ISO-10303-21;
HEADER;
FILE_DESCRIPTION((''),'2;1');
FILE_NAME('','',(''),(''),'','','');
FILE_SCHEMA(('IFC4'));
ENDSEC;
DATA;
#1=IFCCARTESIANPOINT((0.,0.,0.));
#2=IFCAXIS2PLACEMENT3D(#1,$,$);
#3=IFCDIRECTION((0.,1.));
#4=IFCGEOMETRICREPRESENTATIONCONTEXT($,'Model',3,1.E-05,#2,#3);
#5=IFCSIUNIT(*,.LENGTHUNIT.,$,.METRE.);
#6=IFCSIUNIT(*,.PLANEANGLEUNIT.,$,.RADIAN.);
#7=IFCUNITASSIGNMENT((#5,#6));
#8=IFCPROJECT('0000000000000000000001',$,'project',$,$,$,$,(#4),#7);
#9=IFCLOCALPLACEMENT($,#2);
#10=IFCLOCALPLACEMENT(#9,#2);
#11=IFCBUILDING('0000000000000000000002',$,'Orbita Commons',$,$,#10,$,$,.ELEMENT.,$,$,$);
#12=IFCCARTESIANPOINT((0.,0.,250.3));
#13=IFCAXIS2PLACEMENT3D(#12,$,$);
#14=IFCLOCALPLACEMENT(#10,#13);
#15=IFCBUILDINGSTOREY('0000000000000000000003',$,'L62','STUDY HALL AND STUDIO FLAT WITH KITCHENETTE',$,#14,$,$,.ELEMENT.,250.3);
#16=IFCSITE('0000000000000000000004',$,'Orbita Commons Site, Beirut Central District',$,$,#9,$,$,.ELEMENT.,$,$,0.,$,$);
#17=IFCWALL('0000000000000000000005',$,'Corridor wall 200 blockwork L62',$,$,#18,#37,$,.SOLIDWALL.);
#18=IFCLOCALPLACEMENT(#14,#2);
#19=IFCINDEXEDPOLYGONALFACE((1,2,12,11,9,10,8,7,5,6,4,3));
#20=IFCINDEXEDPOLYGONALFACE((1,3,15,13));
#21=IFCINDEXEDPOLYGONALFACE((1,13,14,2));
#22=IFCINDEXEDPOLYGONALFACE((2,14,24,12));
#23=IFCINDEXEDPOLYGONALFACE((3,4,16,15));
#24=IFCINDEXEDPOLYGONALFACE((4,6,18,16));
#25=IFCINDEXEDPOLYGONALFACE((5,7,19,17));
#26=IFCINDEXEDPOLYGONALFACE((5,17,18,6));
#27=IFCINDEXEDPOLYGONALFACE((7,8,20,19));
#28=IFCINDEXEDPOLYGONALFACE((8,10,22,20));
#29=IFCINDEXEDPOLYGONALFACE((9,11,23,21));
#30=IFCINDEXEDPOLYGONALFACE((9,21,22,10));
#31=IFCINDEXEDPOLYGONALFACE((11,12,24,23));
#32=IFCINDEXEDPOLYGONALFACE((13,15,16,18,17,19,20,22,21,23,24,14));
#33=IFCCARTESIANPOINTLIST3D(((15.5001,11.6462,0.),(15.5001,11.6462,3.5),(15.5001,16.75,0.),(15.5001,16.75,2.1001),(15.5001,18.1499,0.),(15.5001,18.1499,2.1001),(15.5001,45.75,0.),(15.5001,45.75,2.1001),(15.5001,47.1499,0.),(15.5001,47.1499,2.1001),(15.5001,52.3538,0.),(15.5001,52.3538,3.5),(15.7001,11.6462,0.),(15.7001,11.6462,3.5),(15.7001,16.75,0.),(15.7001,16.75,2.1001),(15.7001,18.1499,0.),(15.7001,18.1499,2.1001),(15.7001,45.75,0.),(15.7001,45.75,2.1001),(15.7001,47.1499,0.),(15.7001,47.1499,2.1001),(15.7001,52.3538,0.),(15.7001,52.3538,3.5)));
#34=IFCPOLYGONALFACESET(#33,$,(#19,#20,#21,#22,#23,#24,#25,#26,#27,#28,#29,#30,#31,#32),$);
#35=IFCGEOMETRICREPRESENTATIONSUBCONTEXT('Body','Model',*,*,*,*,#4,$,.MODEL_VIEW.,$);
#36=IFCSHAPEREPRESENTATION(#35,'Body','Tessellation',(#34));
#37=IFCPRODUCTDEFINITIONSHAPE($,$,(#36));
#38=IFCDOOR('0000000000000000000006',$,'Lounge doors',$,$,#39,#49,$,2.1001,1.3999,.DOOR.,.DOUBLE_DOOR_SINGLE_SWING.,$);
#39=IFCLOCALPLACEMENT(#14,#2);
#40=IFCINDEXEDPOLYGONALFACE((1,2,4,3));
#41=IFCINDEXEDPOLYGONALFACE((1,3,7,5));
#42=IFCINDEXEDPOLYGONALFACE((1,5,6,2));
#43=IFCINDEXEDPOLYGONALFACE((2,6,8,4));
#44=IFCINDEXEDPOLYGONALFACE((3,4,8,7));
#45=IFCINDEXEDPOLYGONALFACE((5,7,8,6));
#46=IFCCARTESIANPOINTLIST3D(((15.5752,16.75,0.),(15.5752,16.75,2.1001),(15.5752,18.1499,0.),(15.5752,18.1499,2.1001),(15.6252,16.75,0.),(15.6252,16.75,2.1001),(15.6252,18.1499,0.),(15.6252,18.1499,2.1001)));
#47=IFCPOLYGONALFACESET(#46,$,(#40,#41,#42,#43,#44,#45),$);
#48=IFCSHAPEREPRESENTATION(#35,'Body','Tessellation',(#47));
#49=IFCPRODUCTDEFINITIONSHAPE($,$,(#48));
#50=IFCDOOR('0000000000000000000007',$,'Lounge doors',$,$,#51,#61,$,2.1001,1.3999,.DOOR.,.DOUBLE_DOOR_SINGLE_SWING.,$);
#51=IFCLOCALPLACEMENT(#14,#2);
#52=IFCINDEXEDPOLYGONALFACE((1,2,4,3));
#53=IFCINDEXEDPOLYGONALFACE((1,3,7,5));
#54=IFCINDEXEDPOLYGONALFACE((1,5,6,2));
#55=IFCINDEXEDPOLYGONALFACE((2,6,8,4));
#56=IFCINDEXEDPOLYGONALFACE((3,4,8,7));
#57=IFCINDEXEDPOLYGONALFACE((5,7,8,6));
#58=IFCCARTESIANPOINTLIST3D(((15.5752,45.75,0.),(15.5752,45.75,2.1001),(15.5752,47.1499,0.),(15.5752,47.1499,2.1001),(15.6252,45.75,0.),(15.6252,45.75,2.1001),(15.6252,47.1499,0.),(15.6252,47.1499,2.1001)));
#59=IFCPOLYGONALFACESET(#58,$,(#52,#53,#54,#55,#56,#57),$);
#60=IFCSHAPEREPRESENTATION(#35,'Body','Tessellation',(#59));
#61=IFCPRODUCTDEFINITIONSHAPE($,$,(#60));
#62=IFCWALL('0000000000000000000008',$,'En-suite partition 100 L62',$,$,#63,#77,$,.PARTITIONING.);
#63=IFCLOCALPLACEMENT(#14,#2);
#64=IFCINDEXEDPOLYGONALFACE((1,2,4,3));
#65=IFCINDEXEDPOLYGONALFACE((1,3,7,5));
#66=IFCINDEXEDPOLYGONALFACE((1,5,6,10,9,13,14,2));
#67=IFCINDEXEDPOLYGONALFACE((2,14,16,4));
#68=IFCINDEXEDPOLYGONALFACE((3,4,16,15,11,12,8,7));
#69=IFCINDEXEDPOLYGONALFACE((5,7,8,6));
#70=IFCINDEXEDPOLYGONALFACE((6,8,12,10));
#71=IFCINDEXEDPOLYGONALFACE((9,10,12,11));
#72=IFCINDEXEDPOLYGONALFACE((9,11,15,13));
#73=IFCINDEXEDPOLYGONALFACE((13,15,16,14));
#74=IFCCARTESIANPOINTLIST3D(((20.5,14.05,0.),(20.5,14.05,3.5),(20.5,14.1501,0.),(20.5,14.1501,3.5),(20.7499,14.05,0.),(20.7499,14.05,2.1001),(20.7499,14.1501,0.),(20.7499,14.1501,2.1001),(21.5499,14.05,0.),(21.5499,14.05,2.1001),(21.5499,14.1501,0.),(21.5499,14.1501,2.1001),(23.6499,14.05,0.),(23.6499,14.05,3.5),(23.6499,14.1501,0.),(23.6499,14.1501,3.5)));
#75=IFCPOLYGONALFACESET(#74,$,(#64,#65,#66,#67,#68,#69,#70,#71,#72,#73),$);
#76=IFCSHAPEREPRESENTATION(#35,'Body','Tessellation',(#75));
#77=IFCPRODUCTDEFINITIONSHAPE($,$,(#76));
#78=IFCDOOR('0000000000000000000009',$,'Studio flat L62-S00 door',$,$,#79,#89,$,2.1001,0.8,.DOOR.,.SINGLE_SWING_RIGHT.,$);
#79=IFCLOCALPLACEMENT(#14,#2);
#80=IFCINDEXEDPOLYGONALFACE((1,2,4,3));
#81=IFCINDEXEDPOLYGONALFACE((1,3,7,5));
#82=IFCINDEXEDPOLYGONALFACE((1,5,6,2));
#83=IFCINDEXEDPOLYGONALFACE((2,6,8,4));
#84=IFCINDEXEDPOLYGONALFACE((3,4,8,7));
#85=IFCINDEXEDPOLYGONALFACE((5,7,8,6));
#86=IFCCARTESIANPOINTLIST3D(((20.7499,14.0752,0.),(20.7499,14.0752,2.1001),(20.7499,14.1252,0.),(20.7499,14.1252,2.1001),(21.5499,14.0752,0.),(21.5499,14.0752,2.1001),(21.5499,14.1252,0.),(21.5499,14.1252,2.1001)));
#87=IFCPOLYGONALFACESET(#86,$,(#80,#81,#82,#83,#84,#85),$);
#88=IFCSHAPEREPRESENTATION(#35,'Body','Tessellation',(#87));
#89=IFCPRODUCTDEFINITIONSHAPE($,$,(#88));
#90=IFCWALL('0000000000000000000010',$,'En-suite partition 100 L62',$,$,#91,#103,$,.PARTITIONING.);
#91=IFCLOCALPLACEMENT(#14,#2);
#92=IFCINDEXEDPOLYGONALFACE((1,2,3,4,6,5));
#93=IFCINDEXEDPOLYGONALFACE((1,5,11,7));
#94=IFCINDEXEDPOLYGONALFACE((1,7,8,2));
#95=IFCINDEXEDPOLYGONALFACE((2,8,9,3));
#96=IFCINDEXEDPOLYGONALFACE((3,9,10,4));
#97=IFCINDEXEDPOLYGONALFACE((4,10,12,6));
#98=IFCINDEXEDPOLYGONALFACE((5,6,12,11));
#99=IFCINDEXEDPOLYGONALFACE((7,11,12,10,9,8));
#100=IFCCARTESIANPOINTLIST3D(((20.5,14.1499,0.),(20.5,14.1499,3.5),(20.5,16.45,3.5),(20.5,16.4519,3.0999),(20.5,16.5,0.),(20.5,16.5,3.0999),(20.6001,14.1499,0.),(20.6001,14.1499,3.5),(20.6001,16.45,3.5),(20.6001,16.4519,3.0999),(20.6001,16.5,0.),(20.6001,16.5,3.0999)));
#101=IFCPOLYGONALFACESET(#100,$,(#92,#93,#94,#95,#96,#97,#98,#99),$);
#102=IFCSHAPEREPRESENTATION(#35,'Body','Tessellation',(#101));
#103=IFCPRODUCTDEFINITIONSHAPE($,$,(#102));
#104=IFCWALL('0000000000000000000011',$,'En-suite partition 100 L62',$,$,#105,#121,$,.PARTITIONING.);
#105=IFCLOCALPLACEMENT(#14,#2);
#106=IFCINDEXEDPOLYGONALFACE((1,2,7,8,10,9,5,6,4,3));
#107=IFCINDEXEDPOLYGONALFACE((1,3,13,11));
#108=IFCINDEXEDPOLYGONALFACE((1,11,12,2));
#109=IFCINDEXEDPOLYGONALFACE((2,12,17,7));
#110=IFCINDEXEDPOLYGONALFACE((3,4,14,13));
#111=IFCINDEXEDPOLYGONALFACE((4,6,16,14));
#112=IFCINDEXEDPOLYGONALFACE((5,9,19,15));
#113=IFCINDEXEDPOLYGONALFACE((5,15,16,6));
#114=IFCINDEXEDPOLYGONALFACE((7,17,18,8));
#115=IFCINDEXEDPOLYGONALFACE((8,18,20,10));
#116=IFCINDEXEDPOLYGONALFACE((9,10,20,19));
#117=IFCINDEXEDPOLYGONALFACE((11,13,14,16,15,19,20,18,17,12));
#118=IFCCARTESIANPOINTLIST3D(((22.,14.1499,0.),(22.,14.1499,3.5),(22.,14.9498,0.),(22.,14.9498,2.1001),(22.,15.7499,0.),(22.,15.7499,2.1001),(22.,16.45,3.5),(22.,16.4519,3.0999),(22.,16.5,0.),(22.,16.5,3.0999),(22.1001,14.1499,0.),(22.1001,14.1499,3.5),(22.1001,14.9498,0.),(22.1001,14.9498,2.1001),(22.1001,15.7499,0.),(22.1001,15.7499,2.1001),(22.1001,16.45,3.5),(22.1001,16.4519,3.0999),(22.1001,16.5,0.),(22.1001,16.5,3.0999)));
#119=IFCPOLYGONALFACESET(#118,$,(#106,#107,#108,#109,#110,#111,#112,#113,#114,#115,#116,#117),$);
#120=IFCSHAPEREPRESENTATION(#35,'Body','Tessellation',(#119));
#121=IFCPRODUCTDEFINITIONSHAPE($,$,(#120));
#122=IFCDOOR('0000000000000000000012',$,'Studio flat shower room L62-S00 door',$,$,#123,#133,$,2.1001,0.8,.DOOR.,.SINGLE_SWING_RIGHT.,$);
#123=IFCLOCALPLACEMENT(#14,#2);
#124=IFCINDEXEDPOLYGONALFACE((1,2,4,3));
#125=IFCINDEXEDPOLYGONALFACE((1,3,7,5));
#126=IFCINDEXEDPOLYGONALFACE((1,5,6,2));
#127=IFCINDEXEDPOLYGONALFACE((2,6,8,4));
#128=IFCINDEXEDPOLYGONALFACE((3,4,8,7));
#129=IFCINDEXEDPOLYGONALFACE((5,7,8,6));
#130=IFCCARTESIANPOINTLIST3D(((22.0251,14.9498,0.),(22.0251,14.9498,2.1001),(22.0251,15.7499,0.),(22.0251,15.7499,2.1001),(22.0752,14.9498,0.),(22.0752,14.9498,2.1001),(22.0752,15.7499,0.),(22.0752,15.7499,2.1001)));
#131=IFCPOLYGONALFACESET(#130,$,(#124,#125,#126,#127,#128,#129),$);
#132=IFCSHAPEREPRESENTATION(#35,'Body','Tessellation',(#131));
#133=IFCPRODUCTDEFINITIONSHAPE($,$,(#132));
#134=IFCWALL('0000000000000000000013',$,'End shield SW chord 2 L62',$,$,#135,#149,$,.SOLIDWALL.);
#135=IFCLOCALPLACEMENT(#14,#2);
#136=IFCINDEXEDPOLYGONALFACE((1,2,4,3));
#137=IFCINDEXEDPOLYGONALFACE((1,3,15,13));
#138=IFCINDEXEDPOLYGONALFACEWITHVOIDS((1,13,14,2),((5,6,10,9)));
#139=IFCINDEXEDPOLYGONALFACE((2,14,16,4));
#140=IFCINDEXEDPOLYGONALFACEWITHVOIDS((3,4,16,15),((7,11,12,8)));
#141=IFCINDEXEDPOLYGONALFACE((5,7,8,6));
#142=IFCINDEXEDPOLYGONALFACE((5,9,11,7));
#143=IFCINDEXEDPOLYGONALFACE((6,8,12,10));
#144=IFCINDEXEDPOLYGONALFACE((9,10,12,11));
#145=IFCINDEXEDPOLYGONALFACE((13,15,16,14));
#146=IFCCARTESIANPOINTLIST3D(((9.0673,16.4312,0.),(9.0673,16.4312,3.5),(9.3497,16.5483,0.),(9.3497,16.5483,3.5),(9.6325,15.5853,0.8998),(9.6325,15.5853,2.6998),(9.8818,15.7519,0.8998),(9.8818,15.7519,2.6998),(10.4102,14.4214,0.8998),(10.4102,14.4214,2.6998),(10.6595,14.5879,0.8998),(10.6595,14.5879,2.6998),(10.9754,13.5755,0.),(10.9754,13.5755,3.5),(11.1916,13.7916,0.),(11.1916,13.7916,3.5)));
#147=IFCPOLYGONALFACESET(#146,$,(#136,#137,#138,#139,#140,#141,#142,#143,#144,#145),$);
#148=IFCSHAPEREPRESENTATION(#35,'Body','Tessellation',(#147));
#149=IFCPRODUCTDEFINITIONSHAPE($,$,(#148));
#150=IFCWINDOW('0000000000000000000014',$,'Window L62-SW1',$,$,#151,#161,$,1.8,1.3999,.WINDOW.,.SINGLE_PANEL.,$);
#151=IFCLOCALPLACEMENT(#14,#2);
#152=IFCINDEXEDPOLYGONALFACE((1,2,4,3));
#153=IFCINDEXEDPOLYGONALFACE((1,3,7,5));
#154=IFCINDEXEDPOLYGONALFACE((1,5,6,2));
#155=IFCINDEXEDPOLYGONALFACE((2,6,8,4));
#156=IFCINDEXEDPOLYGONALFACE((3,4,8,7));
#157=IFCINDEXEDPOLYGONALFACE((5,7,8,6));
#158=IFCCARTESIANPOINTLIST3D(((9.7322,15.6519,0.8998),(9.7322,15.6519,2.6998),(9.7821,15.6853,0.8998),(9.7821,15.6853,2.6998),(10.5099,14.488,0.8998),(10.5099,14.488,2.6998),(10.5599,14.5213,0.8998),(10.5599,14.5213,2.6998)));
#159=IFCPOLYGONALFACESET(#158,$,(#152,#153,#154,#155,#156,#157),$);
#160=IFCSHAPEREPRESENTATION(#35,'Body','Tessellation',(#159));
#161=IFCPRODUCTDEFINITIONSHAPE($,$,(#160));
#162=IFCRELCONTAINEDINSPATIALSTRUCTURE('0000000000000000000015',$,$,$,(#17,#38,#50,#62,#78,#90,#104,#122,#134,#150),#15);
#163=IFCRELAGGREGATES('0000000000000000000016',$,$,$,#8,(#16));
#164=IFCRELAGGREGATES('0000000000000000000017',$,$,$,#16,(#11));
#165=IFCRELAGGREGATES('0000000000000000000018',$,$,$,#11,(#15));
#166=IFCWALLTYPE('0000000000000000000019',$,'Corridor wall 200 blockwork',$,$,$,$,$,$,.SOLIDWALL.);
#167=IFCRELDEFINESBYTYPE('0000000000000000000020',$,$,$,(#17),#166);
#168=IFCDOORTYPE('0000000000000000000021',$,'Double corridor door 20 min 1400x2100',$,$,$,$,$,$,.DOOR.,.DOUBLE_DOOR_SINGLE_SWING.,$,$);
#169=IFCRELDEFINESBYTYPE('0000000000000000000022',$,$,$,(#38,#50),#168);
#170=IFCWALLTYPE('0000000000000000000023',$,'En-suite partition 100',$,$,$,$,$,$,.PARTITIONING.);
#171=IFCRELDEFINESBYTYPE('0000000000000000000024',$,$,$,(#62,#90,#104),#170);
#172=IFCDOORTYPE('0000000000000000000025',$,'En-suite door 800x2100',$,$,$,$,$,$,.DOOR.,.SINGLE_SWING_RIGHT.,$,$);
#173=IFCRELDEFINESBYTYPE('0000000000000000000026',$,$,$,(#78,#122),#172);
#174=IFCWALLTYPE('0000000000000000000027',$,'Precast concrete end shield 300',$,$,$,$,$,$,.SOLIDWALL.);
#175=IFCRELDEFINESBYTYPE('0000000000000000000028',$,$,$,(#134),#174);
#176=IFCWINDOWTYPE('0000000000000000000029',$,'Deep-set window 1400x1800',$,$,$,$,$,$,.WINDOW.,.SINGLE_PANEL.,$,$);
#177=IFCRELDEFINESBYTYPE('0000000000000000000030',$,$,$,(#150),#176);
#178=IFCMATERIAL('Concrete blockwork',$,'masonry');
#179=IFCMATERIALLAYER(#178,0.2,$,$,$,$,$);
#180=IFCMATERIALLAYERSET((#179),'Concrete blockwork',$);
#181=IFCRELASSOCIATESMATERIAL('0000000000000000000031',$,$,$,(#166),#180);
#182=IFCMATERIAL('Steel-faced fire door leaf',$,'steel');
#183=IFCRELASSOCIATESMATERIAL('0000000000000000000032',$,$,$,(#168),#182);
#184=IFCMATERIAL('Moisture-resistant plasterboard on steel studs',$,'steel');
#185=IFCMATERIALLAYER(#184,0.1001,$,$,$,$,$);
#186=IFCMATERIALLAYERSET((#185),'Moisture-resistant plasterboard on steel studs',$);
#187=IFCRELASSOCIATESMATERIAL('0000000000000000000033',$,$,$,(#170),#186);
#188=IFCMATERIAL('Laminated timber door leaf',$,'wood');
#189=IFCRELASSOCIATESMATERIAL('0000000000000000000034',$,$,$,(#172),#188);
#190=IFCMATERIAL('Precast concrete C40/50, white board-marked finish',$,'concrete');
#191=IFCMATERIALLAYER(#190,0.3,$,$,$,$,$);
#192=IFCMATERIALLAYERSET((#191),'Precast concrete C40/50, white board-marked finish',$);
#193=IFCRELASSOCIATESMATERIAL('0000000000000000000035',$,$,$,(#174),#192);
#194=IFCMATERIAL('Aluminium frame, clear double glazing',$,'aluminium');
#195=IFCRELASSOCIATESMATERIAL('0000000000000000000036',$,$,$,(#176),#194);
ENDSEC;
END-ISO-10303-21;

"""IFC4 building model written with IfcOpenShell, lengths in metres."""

from ifc_helpers import new_model, si_unit, direction, frame, frame_2d, origin, place, context, subcontext, project, spatial, polyline, rectangle, outline, extrude, material, layer, layer_set, type_object, element, fill, save


model = new_model("IFC4")

# Units and contexts
model_context = context("Model", 3, precision=1e-05, world=origin(), true_north=direction((0.0, 1.0)))
body_context = subcontext(model_context, "Body", "Model", "MODEL_VIEW")
ifc_project = project(units=[si_unit("LENGTHUNIT", "METRE"), si_unit("PLANEANGLEUNIT", "RADIAN")], contexts=[model_context])

# Site, building, storey
site_placement = place(None, origin())
site = spatial("IfcSite", under=ifc_project, at=site_placement, Name="Orbita Commons Site, Beirut Central District", CompositionType="ELEMENT", RefElevation=0.0)
building_placement = place(site_placement, origin())
building = spatial("IfcBuilding", under=site, at=building_placement, Name="Orbita Commons", CompositionType="ELEMENT")
storey_placement = place(building_placement, frame((0.0, 0.0, 250.3)))
storey = spatial("IfcBuildingStorey", under=building, at=storey_placement, Name="L62", Description="STUDY HALL AND STUDIO FLAT WITH KITCHENETTE", CompositionType="ELEMENT", Elevation=250.3)

# Shared definitions
ifc_material_1 = material(Name="Concrete blockwork", Category="masonry")
ifc_layer_1 = layer(ifc_material_1, 0.2)
ifc_layer_set_1 = layer_set([ifc_layer_1], Name="Concrete blockwork")
wall_type_1 = type_object("IfcWallType", Name="Corridor wall 200 blockwork", PredefinedType="SOLIDWALL", material=ifc_layer_set_1)

# Wall, openings, doors
wall_1_placement = place(storey_placement, frame((15.6001, 11.6462, 0.0), z_axis=(0.0, 0.0, 1.0), x_axis=(0.0, 1.0, 0.0)))
wall_1 = element("IfcWall", 1, at=wall_1_placement, inside=storey, type_object=wall_type_1, Name="Corridor wall 200 blockwork L62", PredefinedType="SOLIDWALL", context=body_context, shape_type="SweptSolid", body=[
    extrude(rectangle(XDim=40.7075, YDim=0.2, at=frame_2d((20.3538, 0.0))), origin(), (0.0, 0.0, 1.0), 3.5),
])
opening_1_placement = place(wall_1_placement, frame((5.1038, 0.0, 0.0)))
opening_1 = element("IfcOpeningElement", 2, at=opening_1_placement, cuts=wall_1, PredefinedType="OPENING", context=body_context, shape_type="SweptSolid", body=[
    extrude(rectangle(XDim=1.3999, YDim=2.1001, at=frame_2d((0.7, 1.05))), frame((0.0, 0.1099, 0.0), z_axis=(0.0, -1.0, 0.0), x_axis=(1.0, 0.0, 0.0)), (0.0, 0.0, 1.0), 0.22),
])
opening_2_placement = place(wall_1_placement, frame((34.1038, 0.0, 0.0)))
opening_2 = element("IfcOpeningElement", 3, at=opening_2_placement, cuts=wall_1, PredefinedType="OPENING", context=body_context, shape_type="SweptSolid", body=[
    extrude(rectangle(XDim=1.3999, YDim=2.1001, at=frame_2d((0.7, 1.05))), frame((0.0, 0.1099, 0.0), z_axis=(0.0, -1.0, 0.0), x_axis=(1.0, 0.0, 0.0)), (0.0, 0.0, 1.0), 0.22),
])
ifc_material_2 = material(Name="Steel-faced fire door leaf", Category="steel")
door_type_1 = type_object("IfcDoorType", Name="Double corridor door 20 min 1400x2100", OperationType="DOUBLE_DOOR_SINGLE_SWING", PredefinedType="DOOR", material=ifc_material_2)
door_1_placement = place(opening_1_placement, origin())
door_1 = element("IfcDoor", 4, at=door_1_placement, inside=storey, type_object=door_type_1, Name="Lounge doors", OperationType="DOUBLE_DOOR_SINGLE_SWING", OverallHeight=2.1001, OverallWidth=1.3999, PredefinedType="DOOR", context=body_context, shape_type="SweptSolid", body=[
    extrude(rectangle(XDim=1.3999, YDim=2.1001, at=frame_2d((0.7, 1.05))), frame((0.0, 0.0249, 0.0), z_axis=(0.0, -1.0, 0.0), x_axis=(1.0, 0.0, 0.0)), (0.0, 0.0, 1.0), 0.05),
])
fill(opening_1, door_1)
door_2_placement = place(opening_2_placement, origin())
door_2 = element("IfcDoor", 5, at=door_2_placement, inside=storey, type_object=door_type_1, Name="Lounge doors", OperationType="DOUBLE_DOOR_SINGLE_SWING", OverallHeight=2.1001, OverallWidth=1.3999, PredefinedType="DOOR", context=body_context, shape_type="SweptSolid", body=[
    extrude(rectangle(XDim=1.3999, YDim=2.1001, at=frame_2d((0.7, 1.05))), frame((0.0, 0.0249, 0.0), z_axis=(0.0, -1.0, 0.0), x_axis=(1.0, 0.0, 0.0)), (0.0, 0.0, 1.0), 0.05),
])
fill(opening_2, door_2)

# Wall, opening, door
ifc_material_3 = material(Name="Moisture-resistant plasterboard on steel studs", Category="steel")
ifc_layer_2 = layer(ifc_material_3, 0.1001)
ifc_layer_set_2 = layer_set([ifc_layer_2], Name="Moisture-resistant plasterboard on steel studs")
wall_type_2 = type_object("IfcWallType", Name="En-suite partition 100", PredefinedType="PARTITIONING", material=ifc_layer_set_2)
wall_2_placement = place(storey_placement, frame((23.6499, 14.1001, 0.0), z_axis=(0.0, 0.0, 1.0), x_axis=(-1.0, 0.0, 0.0)))
wall_2 = element("IfcWall", 6, at=wall_2_placement, inside=storey, type_object=wall_type_2, Name="En-suite partition 100 L62", PredefinedType="PARTITIONING", context=body_context, shape_type="SweptSolid", body=[
    extrude(rectangle(XDim=3.1499, YDim=0.1001, at=frame_2d((1.575, 0.0))), origin(), (0.0, 0.0, 1.0), 3.5),
])
opening_3_placement = place(wall_2_placement, frame((2.1001, 0.0, 0.0)))
opening_3 = element("IfcOpeningElement", 7, at=opening_3_placement, cuts=wall_2, PredefinedType="OPENING", context=body_context, shape_type="SweptSolid", body=[
    extrude(rectangle(XDim=0.8, YDim=2.1001, at=frame_2d((0.3999, 1.05))), frame((0.0, 0.0601, 0.0), z_axis=(0.0, -1.0, 0.0), x_axis=(1.0, 0.0, 0.0)), (0.0, 0.0, 1.0), 0.1201),
])
ifc_material_4 = material(Name="Laminated timber door leaf", Category="wood")
door_type_2 = type_object("IfcDoorType", Name="En-suite door 800x2100", OperationType="SINGLE_SWING_RIGHT", PredefinedType="DOOR", material=ifc_material_4)
door_3_placement = place(opening_3_placement, origin())
door_3 = element("IfcDoor", 8, at=door_3_placement, inside=storey, type_object=door_type_2, Name="Studio flat L62-S00 door", OperationType="SINGLE_SWING_RIGHT", OverallHeight=2.1001, OverallWidth=0.8, PredefinedType="DOOR", context=body_context, shape_type="SweptSolid", body=[
    extrude(rectangle(XDim=0.8, YDim=2.1001, at=frame_2d((0.3999, 1.05))), frame((0.0, 0.0249, 0.0), z_axis=(0.0, -1.0, 0.0), x_axis=(1.0, 0.0, 0.0)), (0.0, 0.0, 1.0), 0.05),
])
fill(opening_3, door_3)

# Wall
wall_3_placement = place(storey_placement, frame((20.55, 14.1499, 0.0), z_axis=(0.0, 0.0, 1.0), x_axis=(0.0, 1.0, 0.0)))
element("IfcWall", 9, at=wall_3_placement, inside=storey, type_object=wall_type_2, Name="En-suite partition 100 L62", PredefinedType="PARTITIONING", context=body_context, shape_type="SweptSolid", body=[
    extrude(outline(polyline([(0.0, 0.0), (2.3501, 0.0), (2.3501, 3.0999), (2.302, 3.0999), (2.3, 3.5), (0.0, 3.5), (0.0, 0.0)])), frame((0.0, 0.05, 0.0), z_axis=(0.0, -1.0, 0.0), x_axis=(1.0, 0.0, 0.0)), (0.0, 0.0, 1.0), 0.1001),
])

# Wall, opening, door
wall_4_placement = place(storey_placement, frame((22.05, 14.1499, 0.0), z_axis=(0.0, 0.0, 1.0), x_axis=(0.0, 1.0, 0.0)))
wall_4 = element("IfcWall", 10, at=wall_4_placement, inside=storey, type_object=wall_type_2, Name="En-suite partition 100 L62", PredefinedType="PARTITIONING", context=body_context, shape_type="SweptSolid", body=[
    extrude(outline(polyline([(0.0, 0.0), (2.3501, 0.0), (2.3501, 3.0999), (2.302, 3.0999), (2.3, 3.5), (0.0, 3.5), (0.0, 0.0)])), frame((0.0, 0.05, 0.0), z_axis=(0.0, -1.0, 0.0), x_axis=(1.0, 0.0, 0.0)), (0.0, 0.0, 1.0), 0.1001),
])
opening_4_placement = place(wall_4_placement, frame((0.8, 0.0, 0.0)))
opening_4 = element("IfcOpeningElement", 11, at=opening_4_placement, cuts=wall_4, PredefinedType="OPENING", context=body_context, shape_type="SweptSolid", body=[
    extrude(rectangle(XDim=0.8, YDim=2.1001, at=frame_2d((0.3999, 1.05))), frame((0.0, 0.0601, 0.0), z_axis=(0.0, -1.0, 0.0), x_axis=(1.0, 0.0, 0.0)), (0.0, 0.0, 1.0), 0.1201),
])
door_4_placement = place(opening_4_placement, origin())
door_4 = element("IfcDoor", 12, at=door_4_placement, inside=storey, type_object=door_type_2, Name="Studio flat shower room L62-S00 door", OperationType="SINGLE_SWING_RIGHT", OverallHeight=2.1001, OverallWidth=0.8, PredefinedType="DOOR", context=body_context, shape_type="SweptSolid", body=[
    extrude(rectangle(XDim=0.8, YDim=2.1001, at=frame_2d((0.3999, 1.05))), frame((0.0, 0.0249, 0.0), z_axis=(0.0, -1.0, 0.0), x_axis=(1.0, 0.0, 0.0)), (0.0, 0.0, 1.0), 0.05),
])
fill(opening_4, door_4)

# Wall, opening, window
ifc_material_5 = material(Name="Precast concrete C40/50, white board-marked finish", Category="concrete")
ifc_layer_3 = layer(ifc_material_5, 0.3)
ifc_layer_set_3 = layer_set([ifc_layer_3], Name="Precast concrete C40/50, white board-marked finish")
wall_type_3 = type_object("IfcWallType", Name="Precast concrete end shield 300", PredefinedType="SOLIDWALL", material=ifc_layer_set_3)
wall_5_placement = place(storey_placement, frame((9.2085, 16.4897, 0.0), z_axis=(0.0, 0.0, 1.0), x_axis=(0.555568, -0.831471, 0.0)))
wall_5 = element("IfcWall", 13, at=wall_5_placement, inside=storey, type_object=wall_type_3, Name="End shield SW chord 2 L62", PredefinedType="SOLIDWALL", context=body_context, shape_type="SweptSolid", body=[
    extrude(outline(polyline([(-0.0298, -0.1499), (3.4048, -0.1499), (3.3452, 0.1499), (0.0298, 0.1499), (-0.0298, -0.1499)])), origin(), (0.0, 0.0, 1.0), 3.5),
])
opening_5_placement = place(wall_5_placement, frame((0.9875, 0.0, 0.8999)))
opening_5 = element("IfcOpeningElement", 14, at=opening_5_placement, cuts=wall_5, PredefinedType="OPENING", context=body_context, shape_type="SweptSolid", body=[
    extrude(rectangle(XDim=1.3999, YDim=1.8, at=frame_2d((0.7, 0.8999))), frame((0.0, 0.1599, 0.0), z_axis=(0.0, -1.0, 0.0), x_axis=(1.0, 0.0, 0.0)), (0.0, 0.0, 1.0), 0.3201),
])
ifc_material_6 = material(Name="Aluminium frame, clear double glazing", Category="aluminium")
window_type = type_object("IfcWindowType", Name="Deep-set window 1400x1800", PartitioningType="SINGLE_PANEL", PredefinedType="WINDOW", material=ifc_material_6)
window_1_placement = place(opening_5_placement, origin())
window_1 = element("IfcWindow", 15, at=window_1_placement, inside=storey, type_object=window_type, Name="Window L62-SW1", OverallHeight=1.8, OverallWidth=1.3999, PartitioningType="SINGLE_PANEL", PredefinedType="WINDOW", context=body_context, shape_type="SweptSolid", body=[
    extrude(rectangle(XDim=1.3999, YDim=1.8, at=frame_2d((0.7, 0.8999))), frame((0.0, 0.03, 0.0), z_axis=(0.0, -1.0, 0.0), x_axis=(1.0, 0.0, 0.0)), (0.0, 0.0, 1.0), 0.0601),
])
fill(opening_5, window_1)

save(model, "model.ifc")
